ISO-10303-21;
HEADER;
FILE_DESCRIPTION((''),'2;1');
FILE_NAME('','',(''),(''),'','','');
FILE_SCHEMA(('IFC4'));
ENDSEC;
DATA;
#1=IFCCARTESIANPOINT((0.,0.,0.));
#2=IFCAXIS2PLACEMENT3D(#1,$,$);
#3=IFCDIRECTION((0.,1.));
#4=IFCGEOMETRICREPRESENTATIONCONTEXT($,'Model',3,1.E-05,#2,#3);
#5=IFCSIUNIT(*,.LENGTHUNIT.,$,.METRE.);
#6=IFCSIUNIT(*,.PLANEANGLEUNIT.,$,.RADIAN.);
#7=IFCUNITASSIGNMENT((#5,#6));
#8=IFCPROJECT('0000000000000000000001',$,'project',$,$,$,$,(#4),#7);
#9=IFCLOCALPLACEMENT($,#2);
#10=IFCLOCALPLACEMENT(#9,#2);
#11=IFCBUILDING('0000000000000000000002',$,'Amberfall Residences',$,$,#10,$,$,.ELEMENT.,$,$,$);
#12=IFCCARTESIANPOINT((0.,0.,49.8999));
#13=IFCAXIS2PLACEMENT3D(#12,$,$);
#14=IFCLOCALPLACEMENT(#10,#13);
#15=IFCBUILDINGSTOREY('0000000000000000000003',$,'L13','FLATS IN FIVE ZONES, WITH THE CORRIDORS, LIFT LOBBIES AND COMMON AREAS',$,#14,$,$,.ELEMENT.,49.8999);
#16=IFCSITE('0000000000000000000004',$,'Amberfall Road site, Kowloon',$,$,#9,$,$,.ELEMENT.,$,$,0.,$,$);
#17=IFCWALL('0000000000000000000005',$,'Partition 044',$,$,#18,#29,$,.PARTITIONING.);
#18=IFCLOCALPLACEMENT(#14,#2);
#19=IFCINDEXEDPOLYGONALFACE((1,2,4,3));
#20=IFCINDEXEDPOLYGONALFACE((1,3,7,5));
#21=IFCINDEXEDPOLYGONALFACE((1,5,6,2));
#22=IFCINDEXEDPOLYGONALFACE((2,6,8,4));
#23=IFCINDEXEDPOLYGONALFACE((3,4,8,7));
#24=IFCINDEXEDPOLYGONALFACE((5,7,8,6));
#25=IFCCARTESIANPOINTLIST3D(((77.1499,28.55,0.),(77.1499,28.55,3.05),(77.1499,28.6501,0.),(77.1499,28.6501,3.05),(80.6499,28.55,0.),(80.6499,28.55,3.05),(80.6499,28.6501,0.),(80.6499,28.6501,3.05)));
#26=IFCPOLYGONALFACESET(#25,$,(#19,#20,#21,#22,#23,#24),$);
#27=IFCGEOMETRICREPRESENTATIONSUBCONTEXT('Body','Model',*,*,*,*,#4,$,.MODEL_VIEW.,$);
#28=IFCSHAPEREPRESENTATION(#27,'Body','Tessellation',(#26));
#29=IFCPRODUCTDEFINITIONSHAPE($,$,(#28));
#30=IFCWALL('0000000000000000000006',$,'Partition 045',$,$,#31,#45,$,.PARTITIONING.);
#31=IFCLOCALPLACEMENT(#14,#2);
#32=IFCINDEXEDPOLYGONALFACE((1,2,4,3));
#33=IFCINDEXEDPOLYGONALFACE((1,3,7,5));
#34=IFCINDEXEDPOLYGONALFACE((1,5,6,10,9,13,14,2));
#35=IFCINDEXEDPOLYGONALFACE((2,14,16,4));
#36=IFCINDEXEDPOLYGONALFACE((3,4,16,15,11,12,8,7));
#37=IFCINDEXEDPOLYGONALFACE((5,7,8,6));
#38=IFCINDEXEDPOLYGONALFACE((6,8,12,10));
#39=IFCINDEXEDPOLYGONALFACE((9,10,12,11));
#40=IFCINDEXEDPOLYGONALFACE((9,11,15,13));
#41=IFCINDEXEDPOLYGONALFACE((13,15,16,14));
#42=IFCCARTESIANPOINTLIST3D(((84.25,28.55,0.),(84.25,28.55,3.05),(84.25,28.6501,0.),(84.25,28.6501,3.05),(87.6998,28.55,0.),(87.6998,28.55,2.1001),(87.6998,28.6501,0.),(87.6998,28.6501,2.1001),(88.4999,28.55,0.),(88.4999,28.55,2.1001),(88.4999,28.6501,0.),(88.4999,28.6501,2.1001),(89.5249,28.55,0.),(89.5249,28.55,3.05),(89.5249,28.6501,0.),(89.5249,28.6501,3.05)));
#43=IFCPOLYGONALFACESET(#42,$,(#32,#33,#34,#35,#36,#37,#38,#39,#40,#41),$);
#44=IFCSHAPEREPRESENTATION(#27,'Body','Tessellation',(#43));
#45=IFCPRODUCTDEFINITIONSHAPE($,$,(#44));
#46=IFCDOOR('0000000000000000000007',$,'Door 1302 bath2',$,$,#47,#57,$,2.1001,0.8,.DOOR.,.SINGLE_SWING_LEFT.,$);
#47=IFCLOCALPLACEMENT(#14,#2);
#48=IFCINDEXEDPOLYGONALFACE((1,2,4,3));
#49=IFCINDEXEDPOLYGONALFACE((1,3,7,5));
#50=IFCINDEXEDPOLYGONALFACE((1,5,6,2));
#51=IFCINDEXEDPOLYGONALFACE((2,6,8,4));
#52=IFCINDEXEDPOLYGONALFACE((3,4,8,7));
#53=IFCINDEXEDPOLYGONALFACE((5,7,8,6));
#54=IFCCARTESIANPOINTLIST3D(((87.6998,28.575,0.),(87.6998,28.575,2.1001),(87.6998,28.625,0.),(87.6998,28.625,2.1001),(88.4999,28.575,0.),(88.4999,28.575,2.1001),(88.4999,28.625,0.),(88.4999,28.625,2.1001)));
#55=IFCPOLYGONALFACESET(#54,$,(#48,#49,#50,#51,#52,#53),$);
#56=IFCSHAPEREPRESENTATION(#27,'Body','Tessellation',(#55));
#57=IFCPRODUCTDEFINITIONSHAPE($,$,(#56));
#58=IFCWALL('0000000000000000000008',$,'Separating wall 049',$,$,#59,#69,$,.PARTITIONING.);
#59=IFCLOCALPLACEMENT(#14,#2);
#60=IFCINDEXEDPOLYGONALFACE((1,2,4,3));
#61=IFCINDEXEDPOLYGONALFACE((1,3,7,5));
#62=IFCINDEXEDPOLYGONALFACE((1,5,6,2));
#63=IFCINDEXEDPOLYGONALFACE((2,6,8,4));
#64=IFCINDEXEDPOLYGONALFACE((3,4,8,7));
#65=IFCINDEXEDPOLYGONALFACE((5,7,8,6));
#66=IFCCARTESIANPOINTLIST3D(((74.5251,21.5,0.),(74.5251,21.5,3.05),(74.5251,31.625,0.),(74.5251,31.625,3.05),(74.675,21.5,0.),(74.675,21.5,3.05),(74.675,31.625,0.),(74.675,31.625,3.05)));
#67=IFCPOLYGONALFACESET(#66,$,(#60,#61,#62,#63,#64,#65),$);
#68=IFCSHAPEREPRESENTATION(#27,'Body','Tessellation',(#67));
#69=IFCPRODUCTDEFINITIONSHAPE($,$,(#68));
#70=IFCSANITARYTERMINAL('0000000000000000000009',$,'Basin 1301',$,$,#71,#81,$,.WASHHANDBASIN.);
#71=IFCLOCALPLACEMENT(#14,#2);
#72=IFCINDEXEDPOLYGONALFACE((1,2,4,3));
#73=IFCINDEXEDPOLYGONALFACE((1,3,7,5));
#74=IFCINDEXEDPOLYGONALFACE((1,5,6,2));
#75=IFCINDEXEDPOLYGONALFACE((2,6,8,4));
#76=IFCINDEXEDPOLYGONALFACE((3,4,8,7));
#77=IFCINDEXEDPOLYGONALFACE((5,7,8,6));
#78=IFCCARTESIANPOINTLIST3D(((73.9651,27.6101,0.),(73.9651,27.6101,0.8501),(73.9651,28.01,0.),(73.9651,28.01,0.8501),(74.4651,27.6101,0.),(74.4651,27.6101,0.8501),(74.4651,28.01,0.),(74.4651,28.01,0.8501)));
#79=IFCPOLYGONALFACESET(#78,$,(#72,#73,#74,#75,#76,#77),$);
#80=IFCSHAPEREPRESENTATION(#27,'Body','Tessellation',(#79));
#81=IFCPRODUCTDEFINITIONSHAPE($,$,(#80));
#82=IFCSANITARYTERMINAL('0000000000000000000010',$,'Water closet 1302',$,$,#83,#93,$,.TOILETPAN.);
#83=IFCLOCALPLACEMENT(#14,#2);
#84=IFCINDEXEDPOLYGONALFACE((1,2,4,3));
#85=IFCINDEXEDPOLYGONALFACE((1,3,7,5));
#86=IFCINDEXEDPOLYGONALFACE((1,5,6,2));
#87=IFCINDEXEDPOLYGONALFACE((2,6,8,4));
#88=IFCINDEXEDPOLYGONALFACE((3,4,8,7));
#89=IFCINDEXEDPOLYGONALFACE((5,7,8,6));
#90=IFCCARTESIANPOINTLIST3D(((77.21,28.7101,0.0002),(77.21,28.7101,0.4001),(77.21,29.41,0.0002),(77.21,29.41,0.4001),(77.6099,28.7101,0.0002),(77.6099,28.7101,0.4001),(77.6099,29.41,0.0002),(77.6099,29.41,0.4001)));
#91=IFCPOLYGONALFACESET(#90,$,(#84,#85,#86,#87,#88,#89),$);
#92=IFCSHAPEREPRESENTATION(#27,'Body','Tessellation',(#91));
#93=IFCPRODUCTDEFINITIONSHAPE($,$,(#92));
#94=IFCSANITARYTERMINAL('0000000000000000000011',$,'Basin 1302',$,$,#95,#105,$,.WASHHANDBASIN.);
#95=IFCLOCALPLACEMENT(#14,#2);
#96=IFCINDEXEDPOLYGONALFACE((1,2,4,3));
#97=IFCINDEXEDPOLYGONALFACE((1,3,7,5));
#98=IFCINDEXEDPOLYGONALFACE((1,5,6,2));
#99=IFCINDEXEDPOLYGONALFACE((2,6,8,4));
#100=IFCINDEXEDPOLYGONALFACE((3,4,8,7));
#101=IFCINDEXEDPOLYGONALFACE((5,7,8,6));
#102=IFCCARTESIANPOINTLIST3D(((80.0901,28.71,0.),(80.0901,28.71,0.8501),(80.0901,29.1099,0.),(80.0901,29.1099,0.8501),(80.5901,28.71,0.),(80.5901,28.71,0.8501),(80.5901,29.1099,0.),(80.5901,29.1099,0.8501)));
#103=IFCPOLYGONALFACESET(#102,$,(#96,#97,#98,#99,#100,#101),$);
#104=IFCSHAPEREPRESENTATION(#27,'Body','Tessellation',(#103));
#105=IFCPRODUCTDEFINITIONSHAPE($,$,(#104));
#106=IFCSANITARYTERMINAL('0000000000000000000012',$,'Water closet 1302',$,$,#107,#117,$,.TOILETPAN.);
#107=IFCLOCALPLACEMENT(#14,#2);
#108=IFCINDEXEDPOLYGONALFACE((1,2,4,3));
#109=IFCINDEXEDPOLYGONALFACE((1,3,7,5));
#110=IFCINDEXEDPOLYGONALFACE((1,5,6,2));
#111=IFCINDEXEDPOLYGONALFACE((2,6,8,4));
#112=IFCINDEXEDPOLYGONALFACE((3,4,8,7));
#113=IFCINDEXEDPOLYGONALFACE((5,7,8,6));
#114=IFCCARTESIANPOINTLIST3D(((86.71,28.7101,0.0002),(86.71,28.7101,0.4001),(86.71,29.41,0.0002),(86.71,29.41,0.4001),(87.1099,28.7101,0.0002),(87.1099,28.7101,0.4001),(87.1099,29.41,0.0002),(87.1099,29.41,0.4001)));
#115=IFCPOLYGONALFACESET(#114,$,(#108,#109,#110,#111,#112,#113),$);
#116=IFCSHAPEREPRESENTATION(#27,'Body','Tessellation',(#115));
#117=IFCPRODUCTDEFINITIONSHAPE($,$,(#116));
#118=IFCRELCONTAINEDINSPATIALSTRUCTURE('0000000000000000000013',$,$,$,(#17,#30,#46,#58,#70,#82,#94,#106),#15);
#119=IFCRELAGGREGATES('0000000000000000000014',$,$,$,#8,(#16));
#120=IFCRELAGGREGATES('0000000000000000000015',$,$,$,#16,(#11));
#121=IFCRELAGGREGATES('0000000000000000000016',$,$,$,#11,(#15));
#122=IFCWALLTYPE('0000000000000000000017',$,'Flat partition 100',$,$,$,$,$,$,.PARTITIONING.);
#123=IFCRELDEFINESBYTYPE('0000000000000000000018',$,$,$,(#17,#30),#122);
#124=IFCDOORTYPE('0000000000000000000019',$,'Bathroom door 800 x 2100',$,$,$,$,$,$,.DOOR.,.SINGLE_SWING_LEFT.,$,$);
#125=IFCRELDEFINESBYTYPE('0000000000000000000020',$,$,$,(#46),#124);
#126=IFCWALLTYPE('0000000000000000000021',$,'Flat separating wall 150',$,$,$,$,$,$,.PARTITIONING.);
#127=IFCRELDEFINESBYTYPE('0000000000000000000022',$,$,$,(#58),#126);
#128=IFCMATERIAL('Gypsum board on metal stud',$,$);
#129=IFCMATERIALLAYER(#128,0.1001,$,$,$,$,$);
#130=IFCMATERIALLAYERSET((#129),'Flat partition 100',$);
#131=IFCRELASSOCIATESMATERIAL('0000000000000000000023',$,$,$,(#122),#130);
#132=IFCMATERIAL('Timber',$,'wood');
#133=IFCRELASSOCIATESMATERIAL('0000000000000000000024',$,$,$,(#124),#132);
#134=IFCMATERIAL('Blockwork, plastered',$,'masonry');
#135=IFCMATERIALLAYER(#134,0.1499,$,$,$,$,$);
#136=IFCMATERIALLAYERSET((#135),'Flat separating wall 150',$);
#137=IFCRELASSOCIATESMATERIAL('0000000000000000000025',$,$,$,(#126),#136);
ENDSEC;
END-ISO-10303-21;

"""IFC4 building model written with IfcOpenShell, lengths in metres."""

from ifc_helpers import new_model, si_unit, direction, frame, frame_2d, origin, origin_2d, place, context, subcontext, project, spatial, rectangle, extrude, material, layer, layer_set, type_object, element, fill, save


model = new_model("IFC4")

# Units and contexts
model_context = context("Model", 3, precision=1e-05, world=origin(), true_north=direction((0.0, 1.0)))
body_context = subcontext(model_context, "Body", "Model", "MODEL_VIEW")
ifc_project = project(units=[si_unit("LENGTHUNIT", "METRE"), si_unit("PLANEANGLEUNIT", "RADIAN")], contexts=[model_context])

# Site, building, storey
site_placement = place(None, origin())
site = spatial("IfcSite", under=ifc_project, at=site_placement, Name="Amberfall Road site, Kowloon", CompositionType="ELEMENT", RefElevation=0.0)
building_placement = place(site_placement, origin())
building = spatial("IfcBuilding", under=site, at=building_placement, Name="Amberfall Residences", CompositionType="ELEMENT")
storey_placement = place(building_placement, frame((0.0, 0.0, 49.8999)))
storey = spatial("IfcBuildingStorey", under=building, at=storey_placement, Name="L13", Description="FLATS IN FIVE ZONES, WITH THE CORRIDORS, LIFT LOBBIES AND COMMON AREAS", CompositionType="ELEMENT", Elevation=49.8999)

# Shared definitions
ifc_material_1 = material(Name="Gypsum board on metal stud")
ifc_layer_1 = layer(ifc_material_1, 0.1001)
ifc_layer_set_1 = layer_set([ifc_layer_1], Name="Flat partition 100")
wall_type_1 = type_object("IfcWallType", Name="Flat partition 100", PredefinedType="PARTITIONING", material=ifc_layer_set_1)

# Shared definitions
ifc_material_2 = material(Name="Timber", Category="wood")
door_type_1 = type_object("IfcDoorType", Name="Bathroom door 800 x 2100", OperationType="SINGLE_SWING_LEFT", PredefinedType="DOOR", material=ifc_material_2)

# Wall
wall_1_placement = place(storey_placement, frame((77.1499, 28.6001, 0.0), z_axis=(0.0, 0.0, 1.0), x_axis=(1.0, 0.0, 0.0)))
element("IfcWall", 1, at=wall_1_placement, inside=storey, type_object=wall_type_1, Name="Partition 044", PredefinedType="PARTITIONING", context=body_context, shape_type="SweptSolid", body=[
    extrude(rectangle(XDim=3.5, YDim=0.1001, at=frame_2d((1.75, 0.0))), origin(), (0.0, 0.0, 1.0), 3.05),
])

# Wall, opening, door
wall_2_placement = place(storey_placement, frame((84.25, 28.6001, 0.0), z_axis=(0.0, 0.0, 1.0), x_axis=(1.0, 0.0, 0.0)))
wall_2 = element("IfcWall", 2, at=wall_2_placement, inside=storey, type_object=wall_type_1, Name="Partition 045", PredefinedType="PARTITIONING", context=body_context, shape_type="SweptSolid", body=[
    extrude(rectangle(XDim=5.2749, YDim=0.1001, at=frame_2d((2.6375, 0.0))), origin(), (0.0, 0.0, 1.0), 3.05),
])
opening_1_placement = place(wall_2_placement, frame((3.45, 0.0, 0.0)))
opening_1 = element("IfcOpeningElement", 3, at=opening_1_placement, cuts=wall_2, PredefinedType="OPENING", context=body_context, shape_type="SweptSolid", body=[
    extrude(rectangle(XDim=0.8, YDim=2.1001, at=frame_2d((0.3999, 1.05))), frame((0.0, 0.0601, 0.0), z_axis=(0.0, -1.0, 0.0), x_axis=(1.0, 0.0, 0.0)), (0.0, 0.0, 1.0), 0.1201),
])
door_1_placement = place(opening_1_placement, origin())
door_1 = element("IfcDoor", 4, at=door_1_placement, inside=storey, type_object=door_type_1, Name="Door 1302 bath2", OperationType="SINGLE_SWING_LEFT", OverallHeight=2.1001, OverallWidth=0.8, PredefinedType="DOOR", context=body_context, shape_type="SweptSolid", body=[
    extrude(rectangle(XDim=0.8, YDim=2.1001, at=frame_2d((0.3999, 1.05))), frame((0.0, 0.0249, 0.0), z_axis=(0.0, -1.0, 0.0), x_axis=(1.0, 0.0, 0.0)), (0.0, 0.0, 1.0), 0.05),
])
fill(opening_1, door_1)

# Wall
ifc_material_3 = material(Name="Blockwork, plastered", Category="masonry")
ifc_layer_2 = layer(ifc_material_3, 0.1499)
ifc_layer_set_2 = layer_set([ifc_layer_2], Name="Flat separating wall 150")
wall_type_2 = type_object("IfcWallType", Name="Flat separating wall 150", PredefinedType="PARTITIONING", material=ifc_layer_set_2)
wall_3_placement = place(storey_placement, frame((74.6001, 21.5, 0.0), z_axis=(0.0, 0.0, 1.0), x_axis=(0.0, 1.0, 0.0)))
element("IfcWall", 5, at=wall_3_placement, inside=storey, type_object=wall_type_2, Name="Separating wall 049", PredefinedType="PARTITIONING", context=body_context, shape_type="SweptSolid", body=[
    extrude(rectangle(XDim=10.125, YDim=0.1499, at=frame_2d((5.0625, 0.0))), origin(), (0.0, 0.0, 1.0), 3.05),
])

# Sanitary terminals
sanitary_terminal_1_placement = place(storey_placement, frame((74.2151, 27.8101, 0.0), z_axis=(0.0, 0.0, 1.0), x_axis=(1.0, 0.0, 0.0)))
element("IfcSanitaryTerminal", 6, at=sanitary_terminal_1_placement, inside=storey, Name="Basin 1301", PredefinedType="WASHHANDBASIN", context=body_context, shape_type="SweptSolid", body=[
    extrude(rectangle(XDim=0.5, YDim=0.3999, at=origin_2d()), origin(), (0.0, 0.0, 1.0), 0.8501),
])
sanitary_terminal_2_placement = place(storey_placement, frame((77.4099, 29.0601, 0.0002), z_axis=(0.0, 0.0, 1.0), x_axis=(1.0, 0.0, 0.0)))
element("IfcSanitaryTerminal", 7, at=sanitary_terminal_2_placement, inside=storey, Name="Water closet 1302", PredefinedType="TOILETPAN", context=body_context, shape_type="SweptSolid", body=[
    extrude(rectangle(XDim=0.3999, YDim=0.7, at=origin_2d()), origin(), (0.0, 0.0, 1.0), 0.3999),
])
sanitary_terminal_3_placement = place(storey_placement, frame((80.3401, 28.9099, 0.0), z_axis=(0.0, 0.0, 1.0), x_axis=(1.0, 0.0, 0.0)))
element("IfcSanitaryTerminal", 8, at=sanitary_terminal_3_placement, inside=storey, Name="Basin 1302", PredefinedType="WASHHANDBASIN", context=body_context, shape_type="SweptSolid", body=[
    extrude(rectangle(XDim=0.5, YDim=0.3999, at=origin_2d()), origin(), (0.0, 0.0, 1.0), 0.8501),
])
sanitary_terminal_4_placement = place(storey_placement, frame((86.9099, 29.0601, 0.0002), z_axis=(0.0, 0.0, 1.0), x_axis=(1.0, 0.0, 0.0)))
element("IfcSanitaryTerminal", 9, at=sanitary_terminal_4_placement, inside=storey, Name="Water closet 1302", PredefinedType="TOILETPAN", context=body_context, shape_type="SweptSolid", body=[
    extrude(rectangle(XDim=0.3999, YDim=0.7, at=origin_2d()), origin(), (0.0, 0.0, 1.0), 0.3999),
])

save(model, "model.ifc")
